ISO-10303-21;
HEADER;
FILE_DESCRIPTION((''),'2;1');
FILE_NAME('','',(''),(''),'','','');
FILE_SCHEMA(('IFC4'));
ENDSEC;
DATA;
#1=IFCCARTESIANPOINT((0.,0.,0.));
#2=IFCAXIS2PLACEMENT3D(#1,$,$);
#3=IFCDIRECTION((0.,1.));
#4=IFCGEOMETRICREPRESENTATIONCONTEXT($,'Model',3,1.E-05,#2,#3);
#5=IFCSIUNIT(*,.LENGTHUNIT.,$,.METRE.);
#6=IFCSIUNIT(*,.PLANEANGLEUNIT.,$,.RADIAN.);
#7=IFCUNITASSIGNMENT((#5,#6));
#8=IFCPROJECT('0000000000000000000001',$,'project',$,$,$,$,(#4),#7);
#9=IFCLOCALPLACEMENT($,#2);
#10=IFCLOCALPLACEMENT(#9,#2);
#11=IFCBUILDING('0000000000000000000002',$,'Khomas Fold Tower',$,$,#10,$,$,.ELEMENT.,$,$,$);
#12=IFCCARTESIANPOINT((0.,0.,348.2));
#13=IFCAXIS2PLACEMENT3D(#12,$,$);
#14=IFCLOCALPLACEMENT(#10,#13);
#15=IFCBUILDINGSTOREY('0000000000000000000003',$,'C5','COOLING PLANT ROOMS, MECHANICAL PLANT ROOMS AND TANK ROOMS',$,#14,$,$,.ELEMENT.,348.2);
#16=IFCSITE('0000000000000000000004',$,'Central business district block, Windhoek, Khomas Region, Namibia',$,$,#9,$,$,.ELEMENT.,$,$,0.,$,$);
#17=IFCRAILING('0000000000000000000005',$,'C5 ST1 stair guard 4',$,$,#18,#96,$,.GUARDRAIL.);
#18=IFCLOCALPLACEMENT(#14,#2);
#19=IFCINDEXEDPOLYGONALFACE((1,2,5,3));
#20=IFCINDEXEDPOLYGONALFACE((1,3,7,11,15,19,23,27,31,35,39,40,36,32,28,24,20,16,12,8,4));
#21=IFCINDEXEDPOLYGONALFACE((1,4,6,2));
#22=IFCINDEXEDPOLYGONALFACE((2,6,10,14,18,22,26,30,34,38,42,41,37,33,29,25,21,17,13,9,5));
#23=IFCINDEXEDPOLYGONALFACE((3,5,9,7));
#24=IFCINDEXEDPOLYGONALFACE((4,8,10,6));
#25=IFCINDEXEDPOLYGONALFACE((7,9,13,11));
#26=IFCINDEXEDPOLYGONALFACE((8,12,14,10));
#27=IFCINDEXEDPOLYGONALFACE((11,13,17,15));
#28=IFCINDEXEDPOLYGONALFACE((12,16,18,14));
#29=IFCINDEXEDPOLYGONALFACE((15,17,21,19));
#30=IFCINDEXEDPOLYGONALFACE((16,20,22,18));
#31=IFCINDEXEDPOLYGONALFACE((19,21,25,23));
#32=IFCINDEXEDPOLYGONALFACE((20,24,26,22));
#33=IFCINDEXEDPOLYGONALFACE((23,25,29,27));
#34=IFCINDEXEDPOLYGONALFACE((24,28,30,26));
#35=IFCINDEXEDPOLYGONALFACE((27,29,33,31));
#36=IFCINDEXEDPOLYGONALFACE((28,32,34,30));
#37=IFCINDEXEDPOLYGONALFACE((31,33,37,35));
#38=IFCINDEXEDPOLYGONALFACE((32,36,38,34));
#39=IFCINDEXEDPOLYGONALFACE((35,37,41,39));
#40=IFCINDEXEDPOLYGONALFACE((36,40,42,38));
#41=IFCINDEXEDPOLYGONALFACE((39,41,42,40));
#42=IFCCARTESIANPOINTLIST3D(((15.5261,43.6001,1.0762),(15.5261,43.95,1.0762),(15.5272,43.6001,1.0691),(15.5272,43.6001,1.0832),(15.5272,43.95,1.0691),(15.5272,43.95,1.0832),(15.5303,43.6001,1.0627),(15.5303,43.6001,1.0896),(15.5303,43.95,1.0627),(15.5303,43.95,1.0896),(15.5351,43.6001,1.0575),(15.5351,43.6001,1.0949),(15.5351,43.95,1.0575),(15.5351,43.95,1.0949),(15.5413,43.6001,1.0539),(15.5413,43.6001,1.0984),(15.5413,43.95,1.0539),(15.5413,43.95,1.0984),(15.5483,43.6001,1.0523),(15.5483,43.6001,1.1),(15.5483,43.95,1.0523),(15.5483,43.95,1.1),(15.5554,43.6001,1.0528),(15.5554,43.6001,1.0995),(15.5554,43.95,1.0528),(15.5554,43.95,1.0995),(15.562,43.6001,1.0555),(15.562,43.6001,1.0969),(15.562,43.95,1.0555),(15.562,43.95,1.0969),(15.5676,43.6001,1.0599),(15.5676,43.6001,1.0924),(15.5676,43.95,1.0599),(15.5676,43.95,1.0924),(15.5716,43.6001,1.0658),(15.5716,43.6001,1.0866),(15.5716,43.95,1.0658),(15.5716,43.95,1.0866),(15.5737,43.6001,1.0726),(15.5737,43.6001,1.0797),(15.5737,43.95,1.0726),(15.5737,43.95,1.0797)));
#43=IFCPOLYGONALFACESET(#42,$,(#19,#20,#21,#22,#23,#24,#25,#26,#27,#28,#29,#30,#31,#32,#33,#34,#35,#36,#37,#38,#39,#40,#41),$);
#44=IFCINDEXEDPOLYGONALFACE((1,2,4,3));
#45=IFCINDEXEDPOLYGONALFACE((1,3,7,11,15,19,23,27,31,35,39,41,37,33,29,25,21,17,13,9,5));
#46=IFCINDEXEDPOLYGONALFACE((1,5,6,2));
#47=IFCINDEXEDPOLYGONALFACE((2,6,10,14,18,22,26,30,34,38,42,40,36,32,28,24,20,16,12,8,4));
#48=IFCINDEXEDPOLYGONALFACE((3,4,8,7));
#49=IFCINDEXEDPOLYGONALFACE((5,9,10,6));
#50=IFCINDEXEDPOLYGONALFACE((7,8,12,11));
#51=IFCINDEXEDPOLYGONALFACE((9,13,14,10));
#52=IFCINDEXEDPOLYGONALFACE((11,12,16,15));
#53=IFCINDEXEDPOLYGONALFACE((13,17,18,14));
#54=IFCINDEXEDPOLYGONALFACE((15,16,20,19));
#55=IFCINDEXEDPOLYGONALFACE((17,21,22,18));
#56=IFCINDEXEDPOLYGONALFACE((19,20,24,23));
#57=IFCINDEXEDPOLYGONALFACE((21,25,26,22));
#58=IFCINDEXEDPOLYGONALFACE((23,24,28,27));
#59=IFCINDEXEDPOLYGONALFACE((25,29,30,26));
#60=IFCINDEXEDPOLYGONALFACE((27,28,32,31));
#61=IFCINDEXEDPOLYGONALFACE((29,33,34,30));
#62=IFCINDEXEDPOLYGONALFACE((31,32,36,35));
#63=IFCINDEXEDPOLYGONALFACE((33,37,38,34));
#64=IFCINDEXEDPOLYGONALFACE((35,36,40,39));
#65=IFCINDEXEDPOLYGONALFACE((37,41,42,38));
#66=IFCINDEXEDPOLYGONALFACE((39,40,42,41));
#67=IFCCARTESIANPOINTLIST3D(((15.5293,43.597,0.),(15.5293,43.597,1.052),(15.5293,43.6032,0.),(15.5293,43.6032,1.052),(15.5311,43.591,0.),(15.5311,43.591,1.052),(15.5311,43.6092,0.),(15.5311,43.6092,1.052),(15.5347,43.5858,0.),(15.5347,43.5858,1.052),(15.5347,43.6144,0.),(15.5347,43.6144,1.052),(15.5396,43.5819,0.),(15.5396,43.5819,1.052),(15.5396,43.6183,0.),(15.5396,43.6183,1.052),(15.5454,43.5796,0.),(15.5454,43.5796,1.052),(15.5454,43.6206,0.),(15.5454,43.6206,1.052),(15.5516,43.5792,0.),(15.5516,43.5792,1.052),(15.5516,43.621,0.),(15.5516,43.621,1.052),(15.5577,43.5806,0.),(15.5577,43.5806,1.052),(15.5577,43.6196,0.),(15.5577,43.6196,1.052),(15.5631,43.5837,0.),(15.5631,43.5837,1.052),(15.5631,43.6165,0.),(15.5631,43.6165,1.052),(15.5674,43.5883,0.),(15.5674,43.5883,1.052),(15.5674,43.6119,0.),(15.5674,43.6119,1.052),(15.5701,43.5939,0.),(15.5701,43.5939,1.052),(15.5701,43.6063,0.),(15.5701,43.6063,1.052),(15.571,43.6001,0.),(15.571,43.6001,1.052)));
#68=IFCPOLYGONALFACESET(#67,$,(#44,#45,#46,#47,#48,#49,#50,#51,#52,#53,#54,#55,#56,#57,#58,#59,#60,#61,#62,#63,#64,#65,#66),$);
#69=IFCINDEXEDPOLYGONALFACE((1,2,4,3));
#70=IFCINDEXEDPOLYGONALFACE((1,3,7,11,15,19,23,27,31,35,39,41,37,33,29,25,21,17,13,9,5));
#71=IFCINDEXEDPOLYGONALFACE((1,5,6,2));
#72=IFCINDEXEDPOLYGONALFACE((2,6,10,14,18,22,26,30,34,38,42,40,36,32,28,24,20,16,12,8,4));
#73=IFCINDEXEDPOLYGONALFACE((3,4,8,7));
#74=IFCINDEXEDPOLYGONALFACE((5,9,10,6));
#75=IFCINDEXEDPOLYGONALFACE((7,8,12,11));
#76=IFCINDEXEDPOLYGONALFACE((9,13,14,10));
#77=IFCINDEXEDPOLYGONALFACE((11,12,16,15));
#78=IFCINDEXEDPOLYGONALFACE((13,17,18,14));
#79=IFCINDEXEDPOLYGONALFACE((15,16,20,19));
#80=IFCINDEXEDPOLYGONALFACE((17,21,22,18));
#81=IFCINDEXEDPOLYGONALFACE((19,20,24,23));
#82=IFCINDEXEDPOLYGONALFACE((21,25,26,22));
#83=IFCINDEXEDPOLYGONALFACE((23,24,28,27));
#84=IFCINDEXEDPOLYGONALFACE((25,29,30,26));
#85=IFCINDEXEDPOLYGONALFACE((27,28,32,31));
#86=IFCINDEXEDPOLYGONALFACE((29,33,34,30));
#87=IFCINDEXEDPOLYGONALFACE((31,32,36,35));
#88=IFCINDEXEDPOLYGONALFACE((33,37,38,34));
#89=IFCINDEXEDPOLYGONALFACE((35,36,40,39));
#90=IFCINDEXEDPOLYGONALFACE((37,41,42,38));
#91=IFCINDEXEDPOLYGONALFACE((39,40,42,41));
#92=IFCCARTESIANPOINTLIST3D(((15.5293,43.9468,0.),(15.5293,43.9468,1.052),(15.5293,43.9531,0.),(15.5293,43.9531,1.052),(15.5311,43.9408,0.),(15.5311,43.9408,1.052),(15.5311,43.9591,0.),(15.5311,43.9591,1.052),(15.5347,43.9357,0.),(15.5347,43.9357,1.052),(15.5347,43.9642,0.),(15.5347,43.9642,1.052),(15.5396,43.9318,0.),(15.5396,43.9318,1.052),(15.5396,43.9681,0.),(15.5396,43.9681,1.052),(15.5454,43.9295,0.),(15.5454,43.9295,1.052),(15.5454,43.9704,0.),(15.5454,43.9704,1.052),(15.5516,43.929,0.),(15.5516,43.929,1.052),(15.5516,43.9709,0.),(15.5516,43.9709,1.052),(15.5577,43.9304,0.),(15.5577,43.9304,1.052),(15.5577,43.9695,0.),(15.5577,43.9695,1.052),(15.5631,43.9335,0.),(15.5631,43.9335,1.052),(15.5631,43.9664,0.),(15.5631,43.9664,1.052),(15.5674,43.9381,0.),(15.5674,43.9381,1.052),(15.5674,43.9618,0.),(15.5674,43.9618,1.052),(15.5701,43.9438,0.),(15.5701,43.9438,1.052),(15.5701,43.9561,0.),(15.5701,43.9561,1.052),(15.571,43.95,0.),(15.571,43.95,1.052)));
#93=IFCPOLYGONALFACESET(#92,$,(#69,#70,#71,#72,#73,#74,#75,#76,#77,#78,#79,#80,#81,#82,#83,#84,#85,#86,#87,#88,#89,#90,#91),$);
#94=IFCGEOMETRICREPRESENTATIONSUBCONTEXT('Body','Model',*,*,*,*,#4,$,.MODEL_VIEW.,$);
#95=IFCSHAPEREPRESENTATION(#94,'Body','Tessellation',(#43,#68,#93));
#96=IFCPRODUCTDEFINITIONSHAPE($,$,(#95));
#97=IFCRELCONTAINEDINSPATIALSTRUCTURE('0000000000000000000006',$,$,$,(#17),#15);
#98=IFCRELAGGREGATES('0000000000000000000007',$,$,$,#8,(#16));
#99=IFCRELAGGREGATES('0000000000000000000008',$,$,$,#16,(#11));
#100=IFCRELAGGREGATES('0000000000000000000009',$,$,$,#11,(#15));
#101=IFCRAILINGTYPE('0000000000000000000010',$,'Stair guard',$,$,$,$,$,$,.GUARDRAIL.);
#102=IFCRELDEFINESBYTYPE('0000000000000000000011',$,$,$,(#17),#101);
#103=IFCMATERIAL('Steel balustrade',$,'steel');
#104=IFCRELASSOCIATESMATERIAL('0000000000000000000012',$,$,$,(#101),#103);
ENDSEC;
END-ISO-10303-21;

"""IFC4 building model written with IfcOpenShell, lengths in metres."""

from ifc_helpers import new_model, si_unit, direction, frame, origin, origin_2d, place, context, subcontext, project, spatial, circle, extrude, source, transform, mapped, material, type_object, element, save


model = new_model("IFC4")

# Units and contexts
model_context = context("Model", 3, precision=1e-05, world=origin(), true_north=direction((0.0, 1.0)))
body_context = subcontext(model_context, "Body", "Model", "MODEL_VIEW")
ifc_project = project(units=[si_unit("LENGTHUNIT", "METRE"), si_unit("PLANEANGLEUNIT", "RADIAN")], contexts=[model_context])

# Site, building, storey
site_placement = place(None, origin())
site = spatial("IfcSite", under=ifc_project, at=site_placement, Name="Central business district block, Windhoek, Khomas Region, Namibia", CompositionType="ELEMENT", RefElevation=0.0)
building_placement = place(site_placement, origin())
building = spatial("IfcBuilding", under=site, at=building_placement, Name="Khomas Fold Tower", CompositionType="ELEMENT")
storey_placement = place(building_placement, frame((0.0, 0.0, 348.2)))
storey = spatial("IfcBuildingStorey", under=building, at=storey_placement, Name="C5", Description="COOLING PLANT ROOMS, MECHANICAL PLANT ROOMS AND TANK ROOMS", CompositionType="ELEMENT", Elevation=348.2)

# Railing
ifc_material_1 = material(Name="Steel balustrade", Category="steel")
railing_type_1 = type_object("IfcRailingType", Name="Stair guard", PredefinedType="GUARDRAIL", material=ifc_material_1)
shared_shape_1 = source(origin(), body_context, "Body", "SweptSolid", [
    extrude(circle(Radius=0.0239, at=origin_2d()), frame((0.0, 0.0, 1.0762), z_axis=(0.0, 1.0, 0.0), x_axis=(-1.0, 0.0, 0.0)), (0.0, 0.0, 1.0), 0.3499),
    extrude(circle(Radius=0.021, at=origin_2d()), origin(), (0.0, 0.0, 1.0), 1.052),
    extrude(circle(Radius=0.021, at=origin_2d()), frame((0.0, 0.3499, 0.0)), (0.0, 0.0, 1.0), 1.052),
])
railing_1_placement = place(storey_placement, frame((15.55, 43.6001, 0.0)))
element("IfcRailing", 1, at=railing_1_placement, inside=storey, type_object=railing_type_1, Name="C5 ST1 stair guard 4", PredefinedType="GUARDRAIL", context=body_context, shape_type="MappedRepresentation", body=[
    mapped(shared_shape_1, transform((0.0, 0.0, 0.0))),
])

save(model, "model.ifc")
